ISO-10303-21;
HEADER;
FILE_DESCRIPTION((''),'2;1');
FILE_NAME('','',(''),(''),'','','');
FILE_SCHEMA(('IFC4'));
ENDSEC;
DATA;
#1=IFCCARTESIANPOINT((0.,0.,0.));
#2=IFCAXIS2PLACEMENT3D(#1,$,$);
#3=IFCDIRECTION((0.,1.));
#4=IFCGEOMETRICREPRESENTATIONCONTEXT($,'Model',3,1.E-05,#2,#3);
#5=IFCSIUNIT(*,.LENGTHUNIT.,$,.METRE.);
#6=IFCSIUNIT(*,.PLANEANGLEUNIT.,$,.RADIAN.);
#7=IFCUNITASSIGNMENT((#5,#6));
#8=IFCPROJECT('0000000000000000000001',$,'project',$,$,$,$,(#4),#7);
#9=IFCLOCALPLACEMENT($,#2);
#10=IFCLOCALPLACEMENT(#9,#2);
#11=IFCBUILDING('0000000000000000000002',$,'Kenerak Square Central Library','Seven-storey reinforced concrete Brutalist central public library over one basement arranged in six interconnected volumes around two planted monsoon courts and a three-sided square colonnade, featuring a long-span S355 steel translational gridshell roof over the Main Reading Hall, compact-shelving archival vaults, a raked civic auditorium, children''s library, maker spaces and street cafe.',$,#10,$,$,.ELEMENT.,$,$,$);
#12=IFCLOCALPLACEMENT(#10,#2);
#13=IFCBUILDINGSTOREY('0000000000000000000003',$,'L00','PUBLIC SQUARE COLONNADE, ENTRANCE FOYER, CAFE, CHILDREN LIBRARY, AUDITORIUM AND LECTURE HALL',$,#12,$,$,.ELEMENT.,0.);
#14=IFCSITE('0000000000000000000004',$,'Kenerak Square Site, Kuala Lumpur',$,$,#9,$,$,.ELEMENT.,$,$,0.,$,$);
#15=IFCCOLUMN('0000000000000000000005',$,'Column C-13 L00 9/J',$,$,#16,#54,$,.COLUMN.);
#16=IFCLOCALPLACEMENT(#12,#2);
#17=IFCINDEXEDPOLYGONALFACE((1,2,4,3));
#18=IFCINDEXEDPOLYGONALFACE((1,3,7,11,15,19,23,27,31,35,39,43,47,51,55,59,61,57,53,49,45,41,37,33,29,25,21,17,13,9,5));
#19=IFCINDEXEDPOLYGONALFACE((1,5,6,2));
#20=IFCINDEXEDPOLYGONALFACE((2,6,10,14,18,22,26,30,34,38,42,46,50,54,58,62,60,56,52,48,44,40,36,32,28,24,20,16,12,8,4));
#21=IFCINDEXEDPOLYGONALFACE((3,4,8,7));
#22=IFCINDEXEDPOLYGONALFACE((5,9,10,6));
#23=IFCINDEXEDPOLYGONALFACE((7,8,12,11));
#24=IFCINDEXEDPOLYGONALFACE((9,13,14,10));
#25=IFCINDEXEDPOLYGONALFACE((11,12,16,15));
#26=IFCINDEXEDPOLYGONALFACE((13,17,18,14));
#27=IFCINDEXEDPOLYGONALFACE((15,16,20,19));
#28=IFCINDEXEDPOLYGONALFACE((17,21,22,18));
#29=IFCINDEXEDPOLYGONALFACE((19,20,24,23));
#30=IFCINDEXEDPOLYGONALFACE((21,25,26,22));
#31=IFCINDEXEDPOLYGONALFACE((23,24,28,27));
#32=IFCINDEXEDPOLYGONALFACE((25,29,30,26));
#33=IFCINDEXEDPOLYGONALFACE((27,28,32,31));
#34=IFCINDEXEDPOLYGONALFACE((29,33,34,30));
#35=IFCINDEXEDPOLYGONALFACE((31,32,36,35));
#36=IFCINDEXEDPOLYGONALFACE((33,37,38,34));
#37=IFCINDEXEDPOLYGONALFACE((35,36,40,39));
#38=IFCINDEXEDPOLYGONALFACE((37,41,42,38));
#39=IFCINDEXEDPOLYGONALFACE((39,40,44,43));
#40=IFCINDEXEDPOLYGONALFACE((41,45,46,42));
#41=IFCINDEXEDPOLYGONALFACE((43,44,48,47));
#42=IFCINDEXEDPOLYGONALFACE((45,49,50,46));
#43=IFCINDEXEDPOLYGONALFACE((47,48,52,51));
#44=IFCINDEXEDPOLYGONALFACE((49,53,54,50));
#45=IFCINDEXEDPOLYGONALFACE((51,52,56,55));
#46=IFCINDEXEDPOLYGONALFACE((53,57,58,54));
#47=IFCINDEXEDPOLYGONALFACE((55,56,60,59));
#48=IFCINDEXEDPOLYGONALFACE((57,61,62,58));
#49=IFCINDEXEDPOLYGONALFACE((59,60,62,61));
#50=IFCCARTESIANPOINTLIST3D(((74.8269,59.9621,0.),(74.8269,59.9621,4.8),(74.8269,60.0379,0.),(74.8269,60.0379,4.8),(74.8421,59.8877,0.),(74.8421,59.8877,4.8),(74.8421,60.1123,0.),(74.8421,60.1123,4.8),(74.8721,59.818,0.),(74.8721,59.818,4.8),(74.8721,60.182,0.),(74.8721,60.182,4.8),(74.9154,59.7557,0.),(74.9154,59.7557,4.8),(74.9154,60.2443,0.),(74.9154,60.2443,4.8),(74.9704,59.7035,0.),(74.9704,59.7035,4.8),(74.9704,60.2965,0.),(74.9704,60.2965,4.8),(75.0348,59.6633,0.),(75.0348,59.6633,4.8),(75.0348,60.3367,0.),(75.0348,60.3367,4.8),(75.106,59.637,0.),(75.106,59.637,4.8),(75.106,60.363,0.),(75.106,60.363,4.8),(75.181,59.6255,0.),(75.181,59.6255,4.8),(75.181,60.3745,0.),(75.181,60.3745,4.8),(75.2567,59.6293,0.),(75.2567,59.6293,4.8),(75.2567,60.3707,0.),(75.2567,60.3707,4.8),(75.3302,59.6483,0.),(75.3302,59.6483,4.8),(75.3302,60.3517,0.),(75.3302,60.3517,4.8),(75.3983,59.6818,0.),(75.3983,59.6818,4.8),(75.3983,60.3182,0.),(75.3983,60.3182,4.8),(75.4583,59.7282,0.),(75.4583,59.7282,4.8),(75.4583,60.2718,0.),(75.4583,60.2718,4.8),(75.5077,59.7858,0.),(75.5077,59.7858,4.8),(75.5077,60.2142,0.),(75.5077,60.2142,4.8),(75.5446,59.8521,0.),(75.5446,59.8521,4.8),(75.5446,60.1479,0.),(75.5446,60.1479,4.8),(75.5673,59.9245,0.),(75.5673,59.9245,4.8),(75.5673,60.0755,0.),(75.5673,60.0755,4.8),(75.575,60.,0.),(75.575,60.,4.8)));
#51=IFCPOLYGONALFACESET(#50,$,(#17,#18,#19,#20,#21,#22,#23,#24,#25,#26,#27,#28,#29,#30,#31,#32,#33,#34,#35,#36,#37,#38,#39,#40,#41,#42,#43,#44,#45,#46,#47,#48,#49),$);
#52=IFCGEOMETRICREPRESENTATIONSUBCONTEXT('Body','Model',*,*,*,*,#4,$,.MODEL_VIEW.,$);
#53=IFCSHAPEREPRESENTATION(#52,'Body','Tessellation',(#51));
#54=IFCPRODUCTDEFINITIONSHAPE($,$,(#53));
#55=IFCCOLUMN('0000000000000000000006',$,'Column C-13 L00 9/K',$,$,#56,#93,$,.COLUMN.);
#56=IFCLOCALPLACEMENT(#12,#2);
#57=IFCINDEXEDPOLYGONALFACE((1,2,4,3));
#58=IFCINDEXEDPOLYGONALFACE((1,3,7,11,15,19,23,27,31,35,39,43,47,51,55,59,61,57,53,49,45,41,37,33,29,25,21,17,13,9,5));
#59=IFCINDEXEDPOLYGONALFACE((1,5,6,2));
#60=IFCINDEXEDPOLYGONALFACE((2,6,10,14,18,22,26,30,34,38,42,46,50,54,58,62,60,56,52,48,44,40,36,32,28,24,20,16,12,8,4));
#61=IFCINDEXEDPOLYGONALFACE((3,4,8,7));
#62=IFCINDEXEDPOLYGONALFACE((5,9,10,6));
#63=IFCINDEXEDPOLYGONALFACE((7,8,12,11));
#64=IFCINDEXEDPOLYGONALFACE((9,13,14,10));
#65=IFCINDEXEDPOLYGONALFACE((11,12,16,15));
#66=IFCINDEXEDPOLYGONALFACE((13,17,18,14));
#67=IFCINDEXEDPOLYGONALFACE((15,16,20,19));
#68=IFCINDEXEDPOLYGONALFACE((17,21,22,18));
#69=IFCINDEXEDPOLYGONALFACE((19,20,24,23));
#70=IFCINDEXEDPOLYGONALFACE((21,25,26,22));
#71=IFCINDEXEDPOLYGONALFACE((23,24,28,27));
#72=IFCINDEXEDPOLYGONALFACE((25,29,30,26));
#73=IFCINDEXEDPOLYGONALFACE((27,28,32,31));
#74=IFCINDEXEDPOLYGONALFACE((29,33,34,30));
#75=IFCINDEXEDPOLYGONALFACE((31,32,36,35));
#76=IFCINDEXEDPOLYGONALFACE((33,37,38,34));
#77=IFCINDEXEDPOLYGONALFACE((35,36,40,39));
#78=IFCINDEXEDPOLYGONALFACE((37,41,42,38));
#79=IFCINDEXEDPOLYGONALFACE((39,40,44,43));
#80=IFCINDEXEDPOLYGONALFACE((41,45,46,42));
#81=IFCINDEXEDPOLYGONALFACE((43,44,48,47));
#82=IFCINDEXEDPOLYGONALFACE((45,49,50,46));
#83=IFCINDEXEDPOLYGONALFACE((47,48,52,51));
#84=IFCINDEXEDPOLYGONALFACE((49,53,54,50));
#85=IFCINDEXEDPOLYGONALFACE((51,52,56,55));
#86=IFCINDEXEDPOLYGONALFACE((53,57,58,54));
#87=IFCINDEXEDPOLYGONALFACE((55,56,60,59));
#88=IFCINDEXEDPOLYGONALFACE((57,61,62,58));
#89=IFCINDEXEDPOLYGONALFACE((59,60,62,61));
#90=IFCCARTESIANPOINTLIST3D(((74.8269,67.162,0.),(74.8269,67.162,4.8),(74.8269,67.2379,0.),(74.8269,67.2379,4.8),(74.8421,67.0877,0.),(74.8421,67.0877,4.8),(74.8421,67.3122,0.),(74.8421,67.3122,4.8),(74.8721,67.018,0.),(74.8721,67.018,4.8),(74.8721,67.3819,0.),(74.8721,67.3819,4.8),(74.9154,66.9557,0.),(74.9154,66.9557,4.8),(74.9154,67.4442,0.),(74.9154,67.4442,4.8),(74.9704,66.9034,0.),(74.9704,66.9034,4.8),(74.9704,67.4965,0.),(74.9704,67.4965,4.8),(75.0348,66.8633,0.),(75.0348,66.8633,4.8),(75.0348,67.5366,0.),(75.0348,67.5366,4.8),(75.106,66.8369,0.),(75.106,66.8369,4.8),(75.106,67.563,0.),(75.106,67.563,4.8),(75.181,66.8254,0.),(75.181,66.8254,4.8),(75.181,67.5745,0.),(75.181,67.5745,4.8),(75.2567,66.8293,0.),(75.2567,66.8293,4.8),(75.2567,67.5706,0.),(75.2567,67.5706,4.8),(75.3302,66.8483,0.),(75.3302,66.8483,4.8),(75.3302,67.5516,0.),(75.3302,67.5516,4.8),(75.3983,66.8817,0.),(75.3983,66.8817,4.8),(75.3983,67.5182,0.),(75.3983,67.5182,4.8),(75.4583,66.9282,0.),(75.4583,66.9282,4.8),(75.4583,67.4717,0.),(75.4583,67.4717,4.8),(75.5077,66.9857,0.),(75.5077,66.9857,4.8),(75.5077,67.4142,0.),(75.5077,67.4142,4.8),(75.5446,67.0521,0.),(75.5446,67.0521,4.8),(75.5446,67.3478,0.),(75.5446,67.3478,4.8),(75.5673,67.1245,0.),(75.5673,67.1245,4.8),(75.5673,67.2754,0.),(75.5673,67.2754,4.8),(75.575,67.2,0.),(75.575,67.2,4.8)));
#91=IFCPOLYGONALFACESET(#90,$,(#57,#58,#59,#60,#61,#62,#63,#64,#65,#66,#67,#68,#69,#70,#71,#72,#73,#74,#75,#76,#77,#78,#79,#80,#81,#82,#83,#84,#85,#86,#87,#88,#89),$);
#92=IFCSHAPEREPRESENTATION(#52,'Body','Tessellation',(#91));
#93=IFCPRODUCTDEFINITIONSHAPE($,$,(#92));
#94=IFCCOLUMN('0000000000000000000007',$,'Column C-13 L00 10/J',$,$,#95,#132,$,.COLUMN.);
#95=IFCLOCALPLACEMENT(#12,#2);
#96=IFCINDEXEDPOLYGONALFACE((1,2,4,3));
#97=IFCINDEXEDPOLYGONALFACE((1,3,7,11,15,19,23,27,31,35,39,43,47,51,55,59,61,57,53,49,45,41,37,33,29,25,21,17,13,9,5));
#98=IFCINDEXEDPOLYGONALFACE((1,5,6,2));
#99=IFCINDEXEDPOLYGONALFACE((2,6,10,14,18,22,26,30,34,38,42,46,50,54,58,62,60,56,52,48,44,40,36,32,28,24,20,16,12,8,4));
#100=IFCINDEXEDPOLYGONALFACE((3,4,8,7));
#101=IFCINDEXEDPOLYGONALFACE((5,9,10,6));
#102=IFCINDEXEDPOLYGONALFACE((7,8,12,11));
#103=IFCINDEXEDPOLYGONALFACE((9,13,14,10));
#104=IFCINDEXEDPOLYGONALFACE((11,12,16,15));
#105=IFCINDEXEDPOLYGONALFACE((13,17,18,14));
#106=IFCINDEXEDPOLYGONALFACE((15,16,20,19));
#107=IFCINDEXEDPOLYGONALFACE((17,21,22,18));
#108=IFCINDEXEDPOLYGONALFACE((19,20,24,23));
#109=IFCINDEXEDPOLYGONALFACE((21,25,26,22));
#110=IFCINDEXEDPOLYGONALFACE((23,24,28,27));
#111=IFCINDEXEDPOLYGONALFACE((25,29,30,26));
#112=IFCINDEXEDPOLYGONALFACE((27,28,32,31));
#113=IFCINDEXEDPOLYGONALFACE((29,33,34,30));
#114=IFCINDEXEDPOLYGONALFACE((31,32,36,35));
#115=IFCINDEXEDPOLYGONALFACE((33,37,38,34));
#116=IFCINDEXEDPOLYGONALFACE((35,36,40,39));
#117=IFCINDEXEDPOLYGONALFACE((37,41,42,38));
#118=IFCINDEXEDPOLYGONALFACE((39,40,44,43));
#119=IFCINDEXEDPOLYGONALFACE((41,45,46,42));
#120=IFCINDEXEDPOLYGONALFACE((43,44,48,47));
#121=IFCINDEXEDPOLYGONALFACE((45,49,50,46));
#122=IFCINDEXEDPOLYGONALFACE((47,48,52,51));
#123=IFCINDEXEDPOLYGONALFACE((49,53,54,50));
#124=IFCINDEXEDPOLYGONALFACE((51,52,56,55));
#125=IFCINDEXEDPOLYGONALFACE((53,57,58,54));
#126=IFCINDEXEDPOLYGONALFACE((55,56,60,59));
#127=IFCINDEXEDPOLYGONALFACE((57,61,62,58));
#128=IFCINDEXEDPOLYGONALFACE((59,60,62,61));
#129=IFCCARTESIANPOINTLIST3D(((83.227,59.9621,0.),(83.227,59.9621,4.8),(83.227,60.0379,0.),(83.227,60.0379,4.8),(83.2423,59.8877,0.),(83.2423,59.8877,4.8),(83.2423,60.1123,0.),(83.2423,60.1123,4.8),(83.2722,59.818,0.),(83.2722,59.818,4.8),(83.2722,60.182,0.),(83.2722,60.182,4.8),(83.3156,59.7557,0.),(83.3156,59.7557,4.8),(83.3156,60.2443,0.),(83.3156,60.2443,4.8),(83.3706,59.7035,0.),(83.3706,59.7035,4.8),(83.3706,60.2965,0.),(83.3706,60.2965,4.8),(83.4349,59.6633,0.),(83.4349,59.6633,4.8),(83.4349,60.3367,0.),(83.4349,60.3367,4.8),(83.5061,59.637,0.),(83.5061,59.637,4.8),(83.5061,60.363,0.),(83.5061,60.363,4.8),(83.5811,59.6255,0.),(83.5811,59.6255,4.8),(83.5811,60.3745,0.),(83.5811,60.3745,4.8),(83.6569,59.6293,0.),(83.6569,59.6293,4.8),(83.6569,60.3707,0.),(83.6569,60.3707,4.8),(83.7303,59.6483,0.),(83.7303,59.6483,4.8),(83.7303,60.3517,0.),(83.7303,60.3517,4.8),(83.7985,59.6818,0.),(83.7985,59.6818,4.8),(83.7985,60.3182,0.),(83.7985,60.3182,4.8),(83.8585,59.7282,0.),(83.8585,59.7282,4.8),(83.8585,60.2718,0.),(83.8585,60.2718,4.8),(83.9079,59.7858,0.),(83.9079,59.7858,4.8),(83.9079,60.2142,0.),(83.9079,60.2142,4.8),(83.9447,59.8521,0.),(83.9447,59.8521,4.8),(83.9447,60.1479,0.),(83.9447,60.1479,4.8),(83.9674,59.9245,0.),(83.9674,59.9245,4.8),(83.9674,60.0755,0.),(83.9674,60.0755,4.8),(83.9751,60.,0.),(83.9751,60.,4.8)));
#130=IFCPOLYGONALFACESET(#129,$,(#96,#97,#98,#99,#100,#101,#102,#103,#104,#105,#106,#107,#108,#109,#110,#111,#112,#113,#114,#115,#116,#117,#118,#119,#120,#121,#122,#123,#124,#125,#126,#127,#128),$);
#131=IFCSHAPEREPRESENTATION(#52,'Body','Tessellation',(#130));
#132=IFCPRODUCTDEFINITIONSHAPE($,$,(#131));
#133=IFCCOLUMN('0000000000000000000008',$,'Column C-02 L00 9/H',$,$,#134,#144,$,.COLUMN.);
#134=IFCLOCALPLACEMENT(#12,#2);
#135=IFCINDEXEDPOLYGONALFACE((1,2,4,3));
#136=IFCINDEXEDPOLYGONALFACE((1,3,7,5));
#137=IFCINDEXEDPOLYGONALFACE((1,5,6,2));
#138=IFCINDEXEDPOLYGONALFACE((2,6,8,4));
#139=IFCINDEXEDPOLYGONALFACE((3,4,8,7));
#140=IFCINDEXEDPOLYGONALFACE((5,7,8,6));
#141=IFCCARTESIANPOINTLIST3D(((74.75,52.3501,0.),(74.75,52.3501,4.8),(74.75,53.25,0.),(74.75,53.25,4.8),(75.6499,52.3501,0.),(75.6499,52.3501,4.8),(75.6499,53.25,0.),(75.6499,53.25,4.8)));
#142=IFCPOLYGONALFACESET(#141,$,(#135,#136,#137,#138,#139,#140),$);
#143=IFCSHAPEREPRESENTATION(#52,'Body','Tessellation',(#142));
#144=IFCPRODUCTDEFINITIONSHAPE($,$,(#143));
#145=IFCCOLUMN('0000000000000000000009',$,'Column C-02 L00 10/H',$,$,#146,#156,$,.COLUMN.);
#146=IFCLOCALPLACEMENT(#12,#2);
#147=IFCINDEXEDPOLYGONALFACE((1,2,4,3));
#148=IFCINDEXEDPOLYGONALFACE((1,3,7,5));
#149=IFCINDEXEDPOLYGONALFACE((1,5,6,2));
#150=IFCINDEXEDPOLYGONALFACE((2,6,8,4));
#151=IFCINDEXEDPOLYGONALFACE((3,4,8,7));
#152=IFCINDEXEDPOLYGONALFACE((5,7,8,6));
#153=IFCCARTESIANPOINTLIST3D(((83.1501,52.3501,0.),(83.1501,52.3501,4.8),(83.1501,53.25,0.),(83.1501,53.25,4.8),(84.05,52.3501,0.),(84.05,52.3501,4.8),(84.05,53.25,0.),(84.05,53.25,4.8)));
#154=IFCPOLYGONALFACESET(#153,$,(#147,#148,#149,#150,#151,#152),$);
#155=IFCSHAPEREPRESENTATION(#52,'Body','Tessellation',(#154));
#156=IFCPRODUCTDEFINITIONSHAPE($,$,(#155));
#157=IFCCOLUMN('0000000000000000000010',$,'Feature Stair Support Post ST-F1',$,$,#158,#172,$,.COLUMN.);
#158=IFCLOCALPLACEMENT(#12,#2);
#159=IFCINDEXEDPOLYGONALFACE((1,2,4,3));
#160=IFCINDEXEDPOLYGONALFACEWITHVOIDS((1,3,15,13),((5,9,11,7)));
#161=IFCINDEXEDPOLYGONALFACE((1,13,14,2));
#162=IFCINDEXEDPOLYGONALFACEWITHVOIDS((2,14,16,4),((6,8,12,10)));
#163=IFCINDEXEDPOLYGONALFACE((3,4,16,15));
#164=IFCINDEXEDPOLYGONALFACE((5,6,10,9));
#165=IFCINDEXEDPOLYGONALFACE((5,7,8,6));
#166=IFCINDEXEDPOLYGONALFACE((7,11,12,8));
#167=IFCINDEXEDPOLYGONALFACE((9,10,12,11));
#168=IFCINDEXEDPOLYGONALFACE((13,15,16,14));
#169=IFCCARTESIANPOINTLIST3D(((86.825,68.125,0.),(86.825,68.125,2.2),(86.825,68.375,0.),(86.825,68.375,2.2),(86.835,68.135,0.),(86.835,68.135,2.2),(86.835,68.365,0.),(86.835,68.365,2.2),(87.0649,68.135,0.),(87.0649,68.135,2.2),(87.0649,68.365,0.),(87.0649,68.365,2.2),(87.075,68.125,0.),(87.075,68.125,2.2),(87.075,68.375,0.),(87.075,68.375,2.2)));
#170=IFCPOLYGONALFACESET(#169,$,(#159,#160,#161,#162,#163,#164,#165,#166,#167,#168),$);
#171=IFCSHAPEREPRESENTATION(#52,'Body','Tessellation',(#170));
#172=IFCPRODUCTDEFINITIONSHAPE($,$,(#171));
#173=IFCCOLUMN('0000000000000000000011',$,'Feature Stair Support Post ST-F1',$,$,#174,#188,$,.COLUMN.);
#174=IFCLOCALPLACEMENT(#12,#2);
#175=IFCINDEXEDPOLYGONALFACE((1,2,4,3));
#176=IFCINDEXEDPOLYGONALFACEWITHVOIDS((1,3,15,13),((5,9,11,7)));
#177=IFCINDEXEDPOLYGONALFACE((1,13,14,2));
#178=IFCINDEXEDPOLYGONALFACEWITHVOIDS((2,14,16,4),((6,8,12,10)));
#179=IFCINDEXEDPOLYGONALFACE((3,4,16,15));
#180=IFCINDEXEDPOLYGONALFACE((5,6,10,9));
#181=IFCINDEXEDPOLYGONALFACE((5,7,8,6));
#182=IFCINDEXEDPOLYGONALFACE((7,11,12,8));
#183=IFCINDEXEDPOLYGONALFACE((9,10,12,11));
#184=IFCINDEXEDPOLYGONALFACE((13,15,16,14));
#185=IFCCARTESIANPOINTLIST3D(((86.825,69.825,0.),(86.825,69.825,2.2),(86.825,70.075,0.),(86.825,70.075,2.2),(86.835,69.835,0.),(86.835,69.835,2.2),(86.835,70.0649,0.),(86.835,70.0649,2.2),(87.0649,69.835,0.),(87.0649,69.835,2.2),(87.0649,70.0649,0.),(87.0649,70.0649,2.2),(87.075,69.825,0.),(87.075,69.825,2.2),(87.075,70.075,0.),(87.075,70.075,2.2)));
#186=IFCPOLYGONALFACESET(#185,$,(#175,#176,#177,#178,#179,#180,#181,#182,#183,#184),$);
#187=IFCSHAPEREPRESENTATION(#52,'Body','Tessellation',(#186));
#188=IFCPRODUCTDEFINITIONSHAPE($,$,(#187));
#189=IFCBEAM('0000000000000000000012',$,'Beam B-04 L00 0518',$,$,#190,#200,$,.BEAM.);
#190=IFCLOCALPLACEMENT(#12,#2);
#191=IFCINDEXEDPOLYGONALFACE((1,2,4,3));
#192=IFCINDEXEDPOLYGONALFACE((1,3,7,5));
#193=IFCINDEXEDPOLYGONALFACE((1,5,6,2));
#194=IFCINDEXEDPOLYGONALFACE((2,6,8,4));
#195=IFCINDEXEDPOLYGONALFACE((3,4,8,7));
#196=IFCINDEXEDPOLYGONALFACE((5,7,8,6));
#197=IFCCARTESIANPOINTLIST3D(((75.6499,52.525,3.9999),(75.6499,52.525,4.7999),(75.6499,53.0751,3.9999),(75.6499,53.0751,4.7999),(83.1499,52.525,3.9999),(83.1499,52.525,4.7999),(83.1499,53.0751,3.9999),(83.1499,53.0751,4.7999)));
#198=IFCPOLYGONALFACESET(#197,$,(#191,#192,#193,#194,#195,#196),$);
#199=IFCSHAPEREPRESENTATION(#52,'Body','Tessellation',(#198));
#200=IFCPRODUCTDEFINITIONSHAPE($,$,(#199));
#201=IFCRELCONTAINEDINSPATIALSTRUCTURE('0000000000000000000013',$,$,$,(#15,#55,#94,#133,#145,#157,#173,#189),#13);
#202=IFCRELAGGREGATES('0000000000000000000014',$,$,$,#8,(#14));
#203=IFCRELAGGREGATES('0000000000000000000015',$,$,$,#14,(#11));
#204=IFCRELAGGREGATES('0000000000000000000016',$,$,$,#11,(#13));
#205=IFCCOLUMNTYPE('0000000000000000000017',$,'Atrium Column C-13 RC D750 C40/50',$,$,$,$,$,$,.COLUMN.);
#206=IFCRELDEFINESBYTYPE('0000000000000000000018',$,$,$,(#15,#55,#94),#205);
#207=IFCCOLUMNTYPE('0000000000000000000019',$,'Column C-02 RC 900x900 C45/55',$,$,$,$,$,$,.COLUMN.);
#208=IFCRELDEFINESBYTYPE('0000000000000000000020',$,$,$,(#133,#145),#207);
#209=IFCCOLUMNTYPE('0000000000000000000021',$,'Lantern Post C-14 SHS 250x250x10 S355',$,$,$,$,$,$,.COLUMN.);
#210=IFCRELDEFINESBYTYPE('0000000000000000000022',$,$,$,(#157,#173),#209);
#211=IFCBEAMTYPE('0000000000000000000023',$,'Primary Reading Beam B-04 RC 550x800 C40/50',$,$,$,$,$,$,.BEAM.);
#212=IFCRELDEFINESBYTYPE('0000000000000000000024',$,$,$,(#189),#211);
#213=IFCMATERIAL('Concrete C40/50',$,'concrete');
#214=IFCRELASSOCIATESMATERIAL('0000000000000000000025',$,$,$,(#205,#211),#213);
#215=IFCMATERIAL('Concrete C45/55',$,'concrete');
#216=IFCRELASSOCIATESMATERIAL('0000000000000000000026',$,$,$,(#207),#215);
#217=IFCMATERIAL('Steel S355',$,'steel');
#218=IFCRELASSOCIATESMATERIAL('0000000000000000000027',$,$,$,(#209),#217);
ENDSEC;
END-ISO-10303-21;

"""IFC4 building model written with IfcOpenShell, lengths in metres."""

from ifc_helpers import new_model, si_unit, direction, frame, origin, origin_2d, place, context, subcontext, project, spatial, rectangle, hollow_rectangle, circle, extrude, material, material_profile, profile_set, type_object, element, save


model = new_model("IFC4")

# Units and contexts
model_context = context("Model", 3, precision=1e-05, world=origin(), true_north=direction((0.0, 1.0)))
body_context = subcontext(model_context, "Body", "Model", "MODEL_VIEW")
ifc_project = project(units=[si_unit("LENGTHUNIT", "METRE"), si_unit("PLANEANGLEUNIT", "RADIAN")], contexts=[model_context])

# Site, building, storey
site_placement = place(None, origin())
site = spatial("IfcSite", under=ifc_project, at=site_placement, Name="Kenerak Square Site, Kuala Lumpur", CompositionType="ELEMENT", RefElevation=0.0)
building_placement = place(site_placement, origin())
building = spatial("IfcBuilding", under=site, at=building_placement, Name="Kenerak Square Central Library", Description="Seven-storey reinforced concrete Brutalist central public library over one basement arranged in six interconnected volumes around two planted monsoon courts and a three-sided square colonnade, featuring a long-span S355 steel translational gridshell roof over the Main Reading Hall, compact-shelving archival vaults, a raked civic auditorium, children's library, maker spaces and street cafe.", CompositionType="ELEMENT")
storey_placement = place(building_placement, origin())
storey = spatial("IfcBuildingStorey", under=building, at=storey_placement, Name="L00", Description="PUBLIC SQUARE COLONNADE, ENTRANCE FOYER, CAFE, CHILDREN LIBRARY, AUDITORIUM AND LECTURE HALL", CompositionType="ELEMENT", Elevation=0.0)

# Columns
ifc_material_1 = material(Name="Concrete C40/50", Category="concrete")
ifc_material_profile_1 = material_profile(ifc_material_1, circle(Radius=0.375, at=origin_2d()), Name="RC D750")
ifc_profile_set_1 = profile_set([ifc_material_profile_1], Name="Concrete C40/50")
column_type_1 = type_object("IfcColumnType", Name="Atrium Column C-13 RC D750 C40/50", PredefinedType="COLUMN", material=ifc_profile_set_1)
for number, where, z_axis, x_axis, name in (
    (1, (75.2, 60.0, 0.0), (0.0, 0.0, 1.0), (1.0, 0.0, 0.0), "Column C-13 L00 9/J"),
    (2, (75.2, 67.2, 0.0), (0.0, 0.0, 1.0), (1.0, 0.0, 0.0), "Column C-13 L00 9/K"),
    (3, (83.6001, 60.0, 0.0), (0.0, 0.0, 1.0), (1.0, 0.0, 0.0), "Column C-13 L00 10/J"),
):
    element("IfcColumn", number, at=place(storey_placement, frame(where, z_axis=z_axis, x_axis=x_axis)), inside=storey, type_object=column_type_1, Name=name, PredefinedType="COLUMN", context=body_context, shape_type="SweptSolid", body=[
        extrude(circle(Radius=0.375, at=origin_2d()), origin(), (0.0, 0.0, 1.0), 4.8),
    ])
ifc_material_2 = material(Name="Concrete C45/55", Category="concrete")
ifc_material_profile_2 = material_profile(ifc_material_2, rectangle(XDim=0.8999, YDim=0.8999, at=origin_2d()), Name="RC 900x900")
ifc_profile_set_2 = profile_set([ifc_material_profile_2], Name="Concrete C45/55")
column_type_2 = type_object("IfcColumnType", Name="Column C-02 RC 900x900 C45/55", PredefinedType="COLUMN", material=ifc_profile_set_2)
for number, where, z_axis, x_axis, name in (
    (4, (75.2, 52.8, 0.0), (0.0, 0.0, 1.0), (1.0, 0.0, 0.0), "Column C-02 L00 9/H"),
    (5, (83.6001, 52.8, 0.0), (0.0, 0.0, 1.0), (1.0, 0.0, 0.0), "Column C-02 L00 10/H"),
):
    element("IfcColumn", number, at=place(storey_placement, frame(where, z_axis=z_axis, x_axis=x_axis)), inside=storey, type_object=column_type_2, Name=name, PredefinedType="COLUMN", context=body_context, shape_type="SweptSolid", body=[
        extrude(rectangle(XDim=0.8999, YDim=0.8999, at=origin_2d()), origin(), (0.0, 0.0, 1.0), 4.8),
    ])
ifc_material_3 = material(Name="Steel S355", Category="steel")
ifc_material_profile_3 = material_profile(ifc_material_3, hollow_rectangle(XDim=0.25, YDim=0.25, WallThickness=0.01, at=origin_2d()), Name="SHS 250x250x10.0")
ifc_profile_set_3 = profile_set([ifc_material_profile_3], Name="Steel S355")
column_type_3 = type_object("IfcColumnType", Name="Lantern Post C-14 SHS 250x250x10 S355", PredefinedType="COLUMN", material=ifc_profile_set_3)
for number, where, z_axis, x_axis, name in (
    (6, (86.95, 68.25, 0.0), (0.0, 0.0, 1.0), (1.0, 0.0, 0.0), "Feature Stair Support Post ST-F1"),
    (7, (86.95, 69.95, 0.0), (0.0, 0.0, 1.0), (1.0, 0.0, 0.0), "Feature Stair Support Post ST-F1"),
):
    element("IfcColumn", number, at=place(storey_placement, frame(where, z_axis=z_axis, x_axis=x_axis)), inside=storey, type_object=column_type_3, Name=name, PredefinedType="COLUMN", context=body_context, shape_type="SweptSolid", body=[
        extrude(hollow_rectangle(XDim=0.25, YDim=0.25, WallThickness=0.01, at=origin_2d()), origin(), (0.0, 0.0, 1.0), 2.2),
    ])

# Beam
ifc_material_profile_4 = material_profile(ifc_material_1, rectangle(XDim=0.55, YDim=0.8, at=origin_2d()), Name="RC 550x800")
ifc_profile_set_4 = profile_set([ifc_material_profile_4], Name="Concrete C40/50")
beam_type_1 = type_object("IfcBeamType", Name="Primary Reading Beam B-04 RC 550x800 C40/50", PredefinedType="BEAM", material=ifc_profile_set_4)
for number, where, z_axis, x_axis, name in (
    (8, (75.6499, 52.8, 4.3999), (1.0, 0.0, 0.0), (0.0, 1.0, 0.0), "Beam B-04 L00 0518"),
):
    element("IfcBeam", number, at=place(storey_placement, frame(where, z_axis=z_axis, x_axis=x_axis)), inside=storey, type_object=beam_type_1, Name=name, PredefinedType="BEAM", context=body_context, shape_type="SweptSolid", body=[
        extrude(rectangle(XDim=0.55, YDim=0.8, at=origin_2d()), origin(), (0.0, 0.0, 1.0), 7.5),
    ])

save(model, "model.ifc")
